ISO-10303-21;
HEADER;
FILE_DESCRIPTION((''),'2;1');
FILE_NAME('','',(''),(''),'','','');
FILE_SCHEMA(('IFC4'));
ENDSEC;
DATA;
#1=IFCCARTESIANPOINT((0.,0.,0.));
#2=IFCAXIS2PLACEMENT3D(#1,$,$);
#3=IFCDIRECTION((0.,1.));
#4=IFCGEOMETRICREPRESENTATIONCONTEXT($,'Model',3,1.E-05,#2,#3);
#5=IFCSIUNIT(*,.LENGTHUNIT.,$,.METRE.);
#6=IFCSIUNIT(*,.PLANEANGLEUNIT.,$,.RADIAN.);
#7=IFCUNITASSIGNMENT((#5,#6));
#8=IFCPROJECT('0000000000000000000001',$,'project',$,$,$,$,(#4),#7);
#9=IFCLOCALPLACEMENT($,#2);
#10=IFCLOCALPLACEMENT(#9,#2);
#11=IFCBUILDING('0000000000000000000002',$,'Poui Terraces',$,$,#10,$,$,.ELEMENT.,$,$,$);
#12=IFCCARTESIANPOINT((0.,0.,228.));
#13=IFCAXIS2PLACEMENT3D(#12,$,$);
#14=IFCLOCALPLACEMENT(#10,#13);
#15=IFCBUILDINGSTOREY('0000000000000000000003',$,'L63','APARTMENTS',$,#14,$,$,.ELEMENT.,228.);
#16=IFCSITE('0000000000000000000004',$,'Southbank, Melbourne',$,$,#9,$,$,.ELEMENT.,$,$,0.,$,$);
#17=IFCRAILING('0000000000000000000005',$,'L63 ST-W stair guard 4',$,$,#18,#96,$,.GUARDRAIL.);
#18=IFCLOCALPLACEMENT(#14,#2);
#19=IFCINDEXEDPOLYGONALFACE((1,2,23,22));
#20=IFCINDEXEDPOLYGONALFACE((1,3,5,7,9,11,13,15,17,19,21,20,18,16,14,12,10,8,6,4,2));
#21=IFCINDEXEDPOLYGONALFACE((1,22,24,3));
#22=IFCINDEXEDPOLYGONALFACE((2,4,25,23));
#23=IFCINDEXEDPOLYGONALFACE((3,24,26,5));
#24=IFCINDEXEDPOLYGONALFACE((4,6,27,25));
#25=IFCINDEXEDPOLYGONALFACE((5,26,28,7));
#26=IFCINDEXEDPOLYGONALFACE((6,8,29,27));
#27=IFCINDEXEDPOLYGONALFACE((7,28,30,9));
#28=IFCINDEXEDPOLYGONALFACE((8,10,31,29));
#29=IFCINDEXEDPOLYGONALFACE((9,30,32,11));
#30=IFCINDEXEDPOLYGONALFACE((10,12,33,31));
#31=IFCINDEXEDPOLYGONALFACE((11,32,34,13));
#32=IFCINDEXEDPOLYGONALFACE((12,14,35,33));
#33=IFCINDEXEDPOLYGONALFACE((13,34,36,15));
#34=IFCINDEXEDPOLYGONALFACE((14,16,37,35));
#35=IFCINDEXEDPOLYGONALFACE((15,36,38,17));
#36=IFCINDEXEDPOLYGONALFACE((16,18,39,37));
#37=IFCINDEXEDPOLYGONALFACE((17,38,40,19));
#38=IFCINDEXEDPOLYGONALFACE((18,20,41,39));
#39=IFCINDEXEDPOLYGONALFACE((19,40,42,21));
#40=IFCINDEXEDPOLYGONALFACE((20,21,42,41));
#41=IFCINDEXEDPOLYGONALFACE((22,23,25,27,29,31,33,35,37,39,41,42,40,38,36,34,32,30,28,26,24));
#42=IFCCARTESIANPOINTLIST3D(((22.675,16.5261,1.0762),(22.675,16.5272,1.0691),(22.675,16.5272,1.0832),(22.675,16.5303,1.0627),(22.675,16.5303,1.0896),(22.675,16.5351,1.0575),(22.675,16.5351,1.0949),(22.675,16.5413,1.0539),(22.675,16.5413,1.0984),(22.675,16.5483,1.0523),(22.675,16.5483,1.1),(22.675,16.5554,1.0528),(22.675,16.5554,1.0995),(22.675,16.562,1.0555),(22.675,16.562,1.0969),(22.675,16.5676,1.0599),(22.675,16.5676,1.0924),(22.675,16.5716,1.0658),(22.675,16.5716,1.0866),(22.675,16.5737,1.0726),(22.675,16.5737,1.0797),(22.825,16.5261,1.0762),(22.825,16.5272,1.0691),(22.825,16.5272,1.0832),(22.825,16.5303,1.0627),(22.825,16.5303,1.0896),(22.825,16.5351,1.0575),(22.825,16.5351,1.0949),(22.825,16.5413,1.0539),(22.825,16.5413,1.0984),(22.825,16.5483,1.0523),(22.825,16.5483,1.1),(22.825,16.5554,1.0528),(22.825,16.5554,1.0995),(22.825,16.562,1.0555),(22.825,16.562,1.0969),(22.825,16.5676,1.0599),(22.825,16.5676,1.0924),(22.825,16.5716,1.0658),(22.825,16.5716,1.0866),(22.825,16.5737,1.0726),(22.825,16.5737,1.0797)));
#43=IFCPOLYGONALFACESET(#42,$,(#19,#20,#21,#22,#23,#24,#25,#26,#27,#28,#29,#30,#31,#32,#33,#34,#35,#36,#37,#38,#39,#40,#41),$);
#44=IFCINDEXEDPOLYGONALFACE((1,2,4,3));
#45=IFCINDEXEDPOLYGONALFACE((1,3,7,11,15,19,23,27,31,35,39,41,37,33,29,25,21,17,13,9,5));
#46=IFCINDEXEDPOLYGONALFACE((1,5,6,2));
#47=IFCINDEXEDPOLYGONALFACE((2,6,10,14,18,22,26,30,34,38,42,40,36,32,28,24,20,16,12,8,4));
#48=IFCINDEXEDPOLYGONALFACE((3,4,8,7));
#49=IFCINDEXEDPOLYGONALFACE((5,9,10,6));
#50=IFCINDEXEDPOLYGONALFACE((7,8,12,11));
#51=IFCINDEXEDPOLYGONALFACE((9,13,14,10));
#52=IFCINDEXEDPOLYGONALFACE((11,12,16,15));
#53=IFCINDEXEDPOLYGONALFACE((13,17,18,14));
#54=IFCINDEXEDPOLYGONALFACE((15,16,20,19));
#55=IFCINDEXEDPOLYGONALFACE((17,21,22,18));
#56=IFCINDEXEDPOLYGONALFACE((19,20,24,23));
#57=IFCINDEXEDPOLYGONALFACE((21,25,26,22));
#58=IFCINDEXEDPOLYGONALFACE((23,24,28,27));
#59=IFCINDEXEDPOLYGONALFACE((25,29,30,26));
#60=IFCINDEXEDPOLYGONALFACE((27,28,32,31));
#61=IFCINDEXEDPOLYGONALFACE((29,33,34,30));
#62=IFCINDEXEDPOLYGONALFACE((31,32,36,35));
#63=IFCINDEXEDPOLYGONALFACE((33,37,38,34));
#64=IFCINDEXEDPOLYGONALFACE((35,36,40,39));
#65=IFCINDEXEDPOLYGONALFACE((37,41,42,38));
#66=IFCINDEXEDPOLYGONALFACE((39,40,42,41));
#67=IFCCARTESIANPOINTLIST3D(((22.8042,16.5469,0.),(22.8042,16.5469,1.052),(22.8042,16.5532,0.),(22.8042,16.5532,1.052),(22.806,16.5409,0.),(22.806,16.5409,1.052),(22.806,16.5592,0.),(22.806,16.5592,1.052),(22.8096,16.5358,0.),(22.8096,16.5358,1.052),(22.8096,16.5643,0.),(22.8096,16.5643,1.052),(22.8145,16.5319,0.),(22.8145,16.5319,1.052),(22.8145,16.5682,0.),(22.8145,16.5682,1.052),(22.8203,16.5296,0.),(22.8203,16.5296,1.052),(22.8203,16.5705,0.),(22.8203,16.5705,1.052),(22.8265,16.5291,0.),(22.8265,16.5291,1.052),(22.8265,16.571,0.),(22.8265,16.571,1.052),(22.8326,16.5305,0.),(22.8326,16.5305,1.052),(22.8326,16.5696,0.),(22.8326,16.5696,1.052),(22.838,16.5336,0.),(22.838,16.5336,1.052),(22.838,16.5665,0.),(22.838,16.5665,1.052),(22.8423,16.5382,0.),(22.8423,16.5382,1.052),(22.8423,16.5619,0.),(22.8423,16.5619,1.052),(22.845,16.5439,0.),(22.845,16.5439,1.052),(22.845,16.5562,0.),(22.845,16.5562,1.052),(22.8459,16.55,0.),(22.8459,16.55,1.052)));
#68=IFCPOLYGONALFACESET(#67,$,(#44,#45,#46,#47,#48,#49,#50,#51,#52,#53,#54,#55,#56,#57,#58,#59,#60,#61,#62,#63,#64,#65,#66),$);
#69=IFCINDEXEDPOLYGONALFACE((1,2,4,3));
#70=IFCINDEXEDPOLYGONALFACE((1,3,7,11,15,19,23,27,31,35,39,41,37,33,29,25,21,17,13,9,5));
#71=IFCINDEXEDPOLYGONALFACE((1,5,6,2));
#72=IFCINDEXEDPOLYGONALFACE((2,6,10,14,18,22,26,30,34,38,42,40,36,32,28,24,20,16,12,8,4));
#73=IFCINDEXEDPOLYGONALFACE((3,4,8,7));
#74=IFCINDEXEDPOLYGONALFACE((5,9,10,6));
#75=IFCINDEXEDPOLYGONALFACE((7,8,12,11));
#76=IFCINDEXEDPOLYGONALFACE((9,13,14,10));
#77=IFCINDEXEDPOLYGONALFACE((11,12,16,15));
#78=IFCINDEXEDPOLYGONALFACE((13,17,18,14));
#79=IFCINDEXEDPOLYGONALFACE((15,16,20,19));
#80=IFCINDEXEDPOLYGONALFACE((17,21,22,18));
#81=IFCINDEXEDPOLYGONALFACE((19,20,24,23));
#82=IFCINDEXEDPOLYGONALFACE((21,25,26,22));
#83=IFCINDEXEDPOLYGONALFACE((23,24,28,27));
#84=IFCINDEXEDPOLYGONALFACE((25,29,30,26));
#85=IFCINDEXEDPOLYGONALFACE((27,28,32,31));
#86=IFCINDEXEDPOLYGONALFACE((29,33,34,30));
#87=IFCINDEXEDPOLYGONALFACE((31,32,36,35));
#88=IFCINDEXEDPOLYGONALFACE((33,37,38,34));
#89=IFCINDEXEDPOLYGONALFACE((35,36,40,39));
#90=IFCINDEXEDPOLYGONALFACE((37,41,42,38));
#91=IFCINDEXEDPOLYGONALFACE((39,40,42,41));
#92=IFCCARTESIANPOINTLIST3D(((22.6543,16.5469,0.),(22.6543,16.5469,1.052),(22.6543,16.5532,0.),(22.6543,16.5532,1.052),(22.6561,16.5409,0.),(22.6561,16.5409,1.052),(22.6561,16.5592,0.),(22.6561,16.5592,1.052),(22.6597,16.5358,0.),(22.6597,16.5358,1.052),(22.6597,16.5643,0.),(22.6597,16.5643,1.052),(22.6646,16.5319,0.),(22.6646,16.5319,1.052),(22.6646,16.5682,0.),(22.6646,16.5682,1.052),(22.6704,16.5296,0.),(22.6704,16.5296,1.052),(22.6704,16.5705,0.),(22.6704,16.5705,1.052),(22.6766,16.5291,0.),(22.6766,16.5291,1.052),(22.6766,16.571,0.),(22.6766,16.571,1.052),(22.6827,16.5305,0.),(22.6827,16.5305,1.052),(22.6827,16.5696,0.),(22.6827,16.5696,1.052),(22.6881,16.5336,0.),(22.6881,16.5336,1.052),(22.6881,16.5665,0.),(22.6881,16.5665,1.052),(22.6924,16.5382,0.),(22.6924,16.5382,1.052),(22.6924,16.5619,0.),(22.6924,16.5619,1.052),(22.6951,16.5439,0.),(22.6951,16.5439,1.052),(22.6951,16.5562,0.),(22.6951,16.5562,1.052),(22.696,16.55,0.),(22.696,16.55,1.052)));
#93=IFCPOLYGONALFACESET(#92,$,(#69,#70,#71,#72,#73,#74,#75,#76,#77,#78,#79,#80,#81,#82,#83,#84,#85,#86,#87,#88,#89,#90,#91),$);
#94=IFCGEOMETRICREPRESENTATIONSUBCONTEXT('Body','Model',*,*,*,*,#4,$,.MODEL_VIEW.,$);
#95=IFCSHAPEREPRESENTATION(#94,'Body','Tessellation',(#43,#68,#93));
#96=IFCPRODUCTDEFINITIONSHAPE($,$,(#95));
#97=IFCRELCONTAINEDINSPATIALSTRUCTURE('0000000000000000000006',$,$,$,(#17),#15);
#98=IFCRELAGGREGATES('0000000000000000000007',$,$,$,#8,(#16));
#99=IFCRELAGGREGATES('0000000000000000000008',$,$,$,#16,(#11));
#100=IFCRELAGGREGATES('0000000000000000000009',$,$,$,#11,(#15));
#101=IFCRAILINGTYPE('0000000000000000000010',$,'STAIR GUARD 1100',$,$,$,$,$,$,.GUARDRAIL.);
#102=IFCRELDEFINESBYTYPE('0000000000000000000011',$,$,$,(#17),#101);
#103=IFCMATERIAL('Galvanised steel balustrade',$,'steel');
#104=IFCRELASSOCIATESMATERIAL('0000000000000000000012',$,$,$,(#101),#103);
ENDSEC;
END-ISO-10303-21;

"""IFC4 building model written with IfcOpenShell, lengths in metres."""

from ifc_helpers import new_model, si_unit, direction, frame, origin, origin_2d, place, context, subcontext, project, spatial, circle, extrude, material, type_object, element, save


model = new_model("IFC4")

# Units and contexts
model_context = context("Model", 3, precision=1e-05, world=origin(), true_north=direction((0.0, 1.0)))
body_context = subcontext(model_context, "Body", "Model", "MODEL_VIEW")
ifc_project = project(units=[si_unit("LENGTHUNIT", "METRE"), si_unit("PLANEANGLEUNIT", "RADIAN")], contexts=[model_context])

# Site, building, storey
site_placement = place(None, origin())
site = spatial("IfcSite", under=ifc_project, at=site_placement, Name="Southbank, Melbourne", CompositionType="ELEMENT", RefElevation=0.0)
building_placement = place(site_placement, origin())
building = spatial("IfcBuilding", under=site, at=building_placement, Name="Poui Terraces", CompositionType="ELEMENT")
storey_placement = place(building_placement, frame((0.0, 0.0, 228.0)))
storey = spatial("IfcBuildingStorey", under=building, at=storey_placement, Name="L63", Description="APARTMENTS", CompositionType="ELEMENT", Elevation=228.0)

# Railing
ifc_material_1 = material(Name="Galvanised steel balustrade", Category="steel")
railing_type_1 = type_object("IfcRailingType", Name="STAIR GUARD 1100", PredefinedType="GUARDRAIL", material=ifc_material_1)
railing_1_placement = place(storey_placement, frame((22.825, 16.55, 0.0)))
element("IfcRailing", 1, at=railing_1_placement, inside=storey, type_object=railing_type_1, Name="L63 ST-W stair guard 4", PredefinedType="GUARDRAIL", context=body_context, shape_type="SweptSolid", body=[
    extrude(circle(Radius=0.0239, at=origin_2d()), frame((0.0, 0.0, 1.0762), z_axis=(-1.0, 0.0, 0.0), x_axis=(0.0, -1.0, 0.0)), (0.0, 0.0, 1.0), 0.1499),
    extrude(circle(Radius=0.021, at=origin_2d()), origin(), (0.0, 0.0, 1.0), 1.052),
    extrude(circle(Radius=0.021, at=origin_2d()), frame((-0.1499, 0.0, 0.0)), (0.0, 0.0, 1.0), 1.052),
])

save(model, "model.ifc")
